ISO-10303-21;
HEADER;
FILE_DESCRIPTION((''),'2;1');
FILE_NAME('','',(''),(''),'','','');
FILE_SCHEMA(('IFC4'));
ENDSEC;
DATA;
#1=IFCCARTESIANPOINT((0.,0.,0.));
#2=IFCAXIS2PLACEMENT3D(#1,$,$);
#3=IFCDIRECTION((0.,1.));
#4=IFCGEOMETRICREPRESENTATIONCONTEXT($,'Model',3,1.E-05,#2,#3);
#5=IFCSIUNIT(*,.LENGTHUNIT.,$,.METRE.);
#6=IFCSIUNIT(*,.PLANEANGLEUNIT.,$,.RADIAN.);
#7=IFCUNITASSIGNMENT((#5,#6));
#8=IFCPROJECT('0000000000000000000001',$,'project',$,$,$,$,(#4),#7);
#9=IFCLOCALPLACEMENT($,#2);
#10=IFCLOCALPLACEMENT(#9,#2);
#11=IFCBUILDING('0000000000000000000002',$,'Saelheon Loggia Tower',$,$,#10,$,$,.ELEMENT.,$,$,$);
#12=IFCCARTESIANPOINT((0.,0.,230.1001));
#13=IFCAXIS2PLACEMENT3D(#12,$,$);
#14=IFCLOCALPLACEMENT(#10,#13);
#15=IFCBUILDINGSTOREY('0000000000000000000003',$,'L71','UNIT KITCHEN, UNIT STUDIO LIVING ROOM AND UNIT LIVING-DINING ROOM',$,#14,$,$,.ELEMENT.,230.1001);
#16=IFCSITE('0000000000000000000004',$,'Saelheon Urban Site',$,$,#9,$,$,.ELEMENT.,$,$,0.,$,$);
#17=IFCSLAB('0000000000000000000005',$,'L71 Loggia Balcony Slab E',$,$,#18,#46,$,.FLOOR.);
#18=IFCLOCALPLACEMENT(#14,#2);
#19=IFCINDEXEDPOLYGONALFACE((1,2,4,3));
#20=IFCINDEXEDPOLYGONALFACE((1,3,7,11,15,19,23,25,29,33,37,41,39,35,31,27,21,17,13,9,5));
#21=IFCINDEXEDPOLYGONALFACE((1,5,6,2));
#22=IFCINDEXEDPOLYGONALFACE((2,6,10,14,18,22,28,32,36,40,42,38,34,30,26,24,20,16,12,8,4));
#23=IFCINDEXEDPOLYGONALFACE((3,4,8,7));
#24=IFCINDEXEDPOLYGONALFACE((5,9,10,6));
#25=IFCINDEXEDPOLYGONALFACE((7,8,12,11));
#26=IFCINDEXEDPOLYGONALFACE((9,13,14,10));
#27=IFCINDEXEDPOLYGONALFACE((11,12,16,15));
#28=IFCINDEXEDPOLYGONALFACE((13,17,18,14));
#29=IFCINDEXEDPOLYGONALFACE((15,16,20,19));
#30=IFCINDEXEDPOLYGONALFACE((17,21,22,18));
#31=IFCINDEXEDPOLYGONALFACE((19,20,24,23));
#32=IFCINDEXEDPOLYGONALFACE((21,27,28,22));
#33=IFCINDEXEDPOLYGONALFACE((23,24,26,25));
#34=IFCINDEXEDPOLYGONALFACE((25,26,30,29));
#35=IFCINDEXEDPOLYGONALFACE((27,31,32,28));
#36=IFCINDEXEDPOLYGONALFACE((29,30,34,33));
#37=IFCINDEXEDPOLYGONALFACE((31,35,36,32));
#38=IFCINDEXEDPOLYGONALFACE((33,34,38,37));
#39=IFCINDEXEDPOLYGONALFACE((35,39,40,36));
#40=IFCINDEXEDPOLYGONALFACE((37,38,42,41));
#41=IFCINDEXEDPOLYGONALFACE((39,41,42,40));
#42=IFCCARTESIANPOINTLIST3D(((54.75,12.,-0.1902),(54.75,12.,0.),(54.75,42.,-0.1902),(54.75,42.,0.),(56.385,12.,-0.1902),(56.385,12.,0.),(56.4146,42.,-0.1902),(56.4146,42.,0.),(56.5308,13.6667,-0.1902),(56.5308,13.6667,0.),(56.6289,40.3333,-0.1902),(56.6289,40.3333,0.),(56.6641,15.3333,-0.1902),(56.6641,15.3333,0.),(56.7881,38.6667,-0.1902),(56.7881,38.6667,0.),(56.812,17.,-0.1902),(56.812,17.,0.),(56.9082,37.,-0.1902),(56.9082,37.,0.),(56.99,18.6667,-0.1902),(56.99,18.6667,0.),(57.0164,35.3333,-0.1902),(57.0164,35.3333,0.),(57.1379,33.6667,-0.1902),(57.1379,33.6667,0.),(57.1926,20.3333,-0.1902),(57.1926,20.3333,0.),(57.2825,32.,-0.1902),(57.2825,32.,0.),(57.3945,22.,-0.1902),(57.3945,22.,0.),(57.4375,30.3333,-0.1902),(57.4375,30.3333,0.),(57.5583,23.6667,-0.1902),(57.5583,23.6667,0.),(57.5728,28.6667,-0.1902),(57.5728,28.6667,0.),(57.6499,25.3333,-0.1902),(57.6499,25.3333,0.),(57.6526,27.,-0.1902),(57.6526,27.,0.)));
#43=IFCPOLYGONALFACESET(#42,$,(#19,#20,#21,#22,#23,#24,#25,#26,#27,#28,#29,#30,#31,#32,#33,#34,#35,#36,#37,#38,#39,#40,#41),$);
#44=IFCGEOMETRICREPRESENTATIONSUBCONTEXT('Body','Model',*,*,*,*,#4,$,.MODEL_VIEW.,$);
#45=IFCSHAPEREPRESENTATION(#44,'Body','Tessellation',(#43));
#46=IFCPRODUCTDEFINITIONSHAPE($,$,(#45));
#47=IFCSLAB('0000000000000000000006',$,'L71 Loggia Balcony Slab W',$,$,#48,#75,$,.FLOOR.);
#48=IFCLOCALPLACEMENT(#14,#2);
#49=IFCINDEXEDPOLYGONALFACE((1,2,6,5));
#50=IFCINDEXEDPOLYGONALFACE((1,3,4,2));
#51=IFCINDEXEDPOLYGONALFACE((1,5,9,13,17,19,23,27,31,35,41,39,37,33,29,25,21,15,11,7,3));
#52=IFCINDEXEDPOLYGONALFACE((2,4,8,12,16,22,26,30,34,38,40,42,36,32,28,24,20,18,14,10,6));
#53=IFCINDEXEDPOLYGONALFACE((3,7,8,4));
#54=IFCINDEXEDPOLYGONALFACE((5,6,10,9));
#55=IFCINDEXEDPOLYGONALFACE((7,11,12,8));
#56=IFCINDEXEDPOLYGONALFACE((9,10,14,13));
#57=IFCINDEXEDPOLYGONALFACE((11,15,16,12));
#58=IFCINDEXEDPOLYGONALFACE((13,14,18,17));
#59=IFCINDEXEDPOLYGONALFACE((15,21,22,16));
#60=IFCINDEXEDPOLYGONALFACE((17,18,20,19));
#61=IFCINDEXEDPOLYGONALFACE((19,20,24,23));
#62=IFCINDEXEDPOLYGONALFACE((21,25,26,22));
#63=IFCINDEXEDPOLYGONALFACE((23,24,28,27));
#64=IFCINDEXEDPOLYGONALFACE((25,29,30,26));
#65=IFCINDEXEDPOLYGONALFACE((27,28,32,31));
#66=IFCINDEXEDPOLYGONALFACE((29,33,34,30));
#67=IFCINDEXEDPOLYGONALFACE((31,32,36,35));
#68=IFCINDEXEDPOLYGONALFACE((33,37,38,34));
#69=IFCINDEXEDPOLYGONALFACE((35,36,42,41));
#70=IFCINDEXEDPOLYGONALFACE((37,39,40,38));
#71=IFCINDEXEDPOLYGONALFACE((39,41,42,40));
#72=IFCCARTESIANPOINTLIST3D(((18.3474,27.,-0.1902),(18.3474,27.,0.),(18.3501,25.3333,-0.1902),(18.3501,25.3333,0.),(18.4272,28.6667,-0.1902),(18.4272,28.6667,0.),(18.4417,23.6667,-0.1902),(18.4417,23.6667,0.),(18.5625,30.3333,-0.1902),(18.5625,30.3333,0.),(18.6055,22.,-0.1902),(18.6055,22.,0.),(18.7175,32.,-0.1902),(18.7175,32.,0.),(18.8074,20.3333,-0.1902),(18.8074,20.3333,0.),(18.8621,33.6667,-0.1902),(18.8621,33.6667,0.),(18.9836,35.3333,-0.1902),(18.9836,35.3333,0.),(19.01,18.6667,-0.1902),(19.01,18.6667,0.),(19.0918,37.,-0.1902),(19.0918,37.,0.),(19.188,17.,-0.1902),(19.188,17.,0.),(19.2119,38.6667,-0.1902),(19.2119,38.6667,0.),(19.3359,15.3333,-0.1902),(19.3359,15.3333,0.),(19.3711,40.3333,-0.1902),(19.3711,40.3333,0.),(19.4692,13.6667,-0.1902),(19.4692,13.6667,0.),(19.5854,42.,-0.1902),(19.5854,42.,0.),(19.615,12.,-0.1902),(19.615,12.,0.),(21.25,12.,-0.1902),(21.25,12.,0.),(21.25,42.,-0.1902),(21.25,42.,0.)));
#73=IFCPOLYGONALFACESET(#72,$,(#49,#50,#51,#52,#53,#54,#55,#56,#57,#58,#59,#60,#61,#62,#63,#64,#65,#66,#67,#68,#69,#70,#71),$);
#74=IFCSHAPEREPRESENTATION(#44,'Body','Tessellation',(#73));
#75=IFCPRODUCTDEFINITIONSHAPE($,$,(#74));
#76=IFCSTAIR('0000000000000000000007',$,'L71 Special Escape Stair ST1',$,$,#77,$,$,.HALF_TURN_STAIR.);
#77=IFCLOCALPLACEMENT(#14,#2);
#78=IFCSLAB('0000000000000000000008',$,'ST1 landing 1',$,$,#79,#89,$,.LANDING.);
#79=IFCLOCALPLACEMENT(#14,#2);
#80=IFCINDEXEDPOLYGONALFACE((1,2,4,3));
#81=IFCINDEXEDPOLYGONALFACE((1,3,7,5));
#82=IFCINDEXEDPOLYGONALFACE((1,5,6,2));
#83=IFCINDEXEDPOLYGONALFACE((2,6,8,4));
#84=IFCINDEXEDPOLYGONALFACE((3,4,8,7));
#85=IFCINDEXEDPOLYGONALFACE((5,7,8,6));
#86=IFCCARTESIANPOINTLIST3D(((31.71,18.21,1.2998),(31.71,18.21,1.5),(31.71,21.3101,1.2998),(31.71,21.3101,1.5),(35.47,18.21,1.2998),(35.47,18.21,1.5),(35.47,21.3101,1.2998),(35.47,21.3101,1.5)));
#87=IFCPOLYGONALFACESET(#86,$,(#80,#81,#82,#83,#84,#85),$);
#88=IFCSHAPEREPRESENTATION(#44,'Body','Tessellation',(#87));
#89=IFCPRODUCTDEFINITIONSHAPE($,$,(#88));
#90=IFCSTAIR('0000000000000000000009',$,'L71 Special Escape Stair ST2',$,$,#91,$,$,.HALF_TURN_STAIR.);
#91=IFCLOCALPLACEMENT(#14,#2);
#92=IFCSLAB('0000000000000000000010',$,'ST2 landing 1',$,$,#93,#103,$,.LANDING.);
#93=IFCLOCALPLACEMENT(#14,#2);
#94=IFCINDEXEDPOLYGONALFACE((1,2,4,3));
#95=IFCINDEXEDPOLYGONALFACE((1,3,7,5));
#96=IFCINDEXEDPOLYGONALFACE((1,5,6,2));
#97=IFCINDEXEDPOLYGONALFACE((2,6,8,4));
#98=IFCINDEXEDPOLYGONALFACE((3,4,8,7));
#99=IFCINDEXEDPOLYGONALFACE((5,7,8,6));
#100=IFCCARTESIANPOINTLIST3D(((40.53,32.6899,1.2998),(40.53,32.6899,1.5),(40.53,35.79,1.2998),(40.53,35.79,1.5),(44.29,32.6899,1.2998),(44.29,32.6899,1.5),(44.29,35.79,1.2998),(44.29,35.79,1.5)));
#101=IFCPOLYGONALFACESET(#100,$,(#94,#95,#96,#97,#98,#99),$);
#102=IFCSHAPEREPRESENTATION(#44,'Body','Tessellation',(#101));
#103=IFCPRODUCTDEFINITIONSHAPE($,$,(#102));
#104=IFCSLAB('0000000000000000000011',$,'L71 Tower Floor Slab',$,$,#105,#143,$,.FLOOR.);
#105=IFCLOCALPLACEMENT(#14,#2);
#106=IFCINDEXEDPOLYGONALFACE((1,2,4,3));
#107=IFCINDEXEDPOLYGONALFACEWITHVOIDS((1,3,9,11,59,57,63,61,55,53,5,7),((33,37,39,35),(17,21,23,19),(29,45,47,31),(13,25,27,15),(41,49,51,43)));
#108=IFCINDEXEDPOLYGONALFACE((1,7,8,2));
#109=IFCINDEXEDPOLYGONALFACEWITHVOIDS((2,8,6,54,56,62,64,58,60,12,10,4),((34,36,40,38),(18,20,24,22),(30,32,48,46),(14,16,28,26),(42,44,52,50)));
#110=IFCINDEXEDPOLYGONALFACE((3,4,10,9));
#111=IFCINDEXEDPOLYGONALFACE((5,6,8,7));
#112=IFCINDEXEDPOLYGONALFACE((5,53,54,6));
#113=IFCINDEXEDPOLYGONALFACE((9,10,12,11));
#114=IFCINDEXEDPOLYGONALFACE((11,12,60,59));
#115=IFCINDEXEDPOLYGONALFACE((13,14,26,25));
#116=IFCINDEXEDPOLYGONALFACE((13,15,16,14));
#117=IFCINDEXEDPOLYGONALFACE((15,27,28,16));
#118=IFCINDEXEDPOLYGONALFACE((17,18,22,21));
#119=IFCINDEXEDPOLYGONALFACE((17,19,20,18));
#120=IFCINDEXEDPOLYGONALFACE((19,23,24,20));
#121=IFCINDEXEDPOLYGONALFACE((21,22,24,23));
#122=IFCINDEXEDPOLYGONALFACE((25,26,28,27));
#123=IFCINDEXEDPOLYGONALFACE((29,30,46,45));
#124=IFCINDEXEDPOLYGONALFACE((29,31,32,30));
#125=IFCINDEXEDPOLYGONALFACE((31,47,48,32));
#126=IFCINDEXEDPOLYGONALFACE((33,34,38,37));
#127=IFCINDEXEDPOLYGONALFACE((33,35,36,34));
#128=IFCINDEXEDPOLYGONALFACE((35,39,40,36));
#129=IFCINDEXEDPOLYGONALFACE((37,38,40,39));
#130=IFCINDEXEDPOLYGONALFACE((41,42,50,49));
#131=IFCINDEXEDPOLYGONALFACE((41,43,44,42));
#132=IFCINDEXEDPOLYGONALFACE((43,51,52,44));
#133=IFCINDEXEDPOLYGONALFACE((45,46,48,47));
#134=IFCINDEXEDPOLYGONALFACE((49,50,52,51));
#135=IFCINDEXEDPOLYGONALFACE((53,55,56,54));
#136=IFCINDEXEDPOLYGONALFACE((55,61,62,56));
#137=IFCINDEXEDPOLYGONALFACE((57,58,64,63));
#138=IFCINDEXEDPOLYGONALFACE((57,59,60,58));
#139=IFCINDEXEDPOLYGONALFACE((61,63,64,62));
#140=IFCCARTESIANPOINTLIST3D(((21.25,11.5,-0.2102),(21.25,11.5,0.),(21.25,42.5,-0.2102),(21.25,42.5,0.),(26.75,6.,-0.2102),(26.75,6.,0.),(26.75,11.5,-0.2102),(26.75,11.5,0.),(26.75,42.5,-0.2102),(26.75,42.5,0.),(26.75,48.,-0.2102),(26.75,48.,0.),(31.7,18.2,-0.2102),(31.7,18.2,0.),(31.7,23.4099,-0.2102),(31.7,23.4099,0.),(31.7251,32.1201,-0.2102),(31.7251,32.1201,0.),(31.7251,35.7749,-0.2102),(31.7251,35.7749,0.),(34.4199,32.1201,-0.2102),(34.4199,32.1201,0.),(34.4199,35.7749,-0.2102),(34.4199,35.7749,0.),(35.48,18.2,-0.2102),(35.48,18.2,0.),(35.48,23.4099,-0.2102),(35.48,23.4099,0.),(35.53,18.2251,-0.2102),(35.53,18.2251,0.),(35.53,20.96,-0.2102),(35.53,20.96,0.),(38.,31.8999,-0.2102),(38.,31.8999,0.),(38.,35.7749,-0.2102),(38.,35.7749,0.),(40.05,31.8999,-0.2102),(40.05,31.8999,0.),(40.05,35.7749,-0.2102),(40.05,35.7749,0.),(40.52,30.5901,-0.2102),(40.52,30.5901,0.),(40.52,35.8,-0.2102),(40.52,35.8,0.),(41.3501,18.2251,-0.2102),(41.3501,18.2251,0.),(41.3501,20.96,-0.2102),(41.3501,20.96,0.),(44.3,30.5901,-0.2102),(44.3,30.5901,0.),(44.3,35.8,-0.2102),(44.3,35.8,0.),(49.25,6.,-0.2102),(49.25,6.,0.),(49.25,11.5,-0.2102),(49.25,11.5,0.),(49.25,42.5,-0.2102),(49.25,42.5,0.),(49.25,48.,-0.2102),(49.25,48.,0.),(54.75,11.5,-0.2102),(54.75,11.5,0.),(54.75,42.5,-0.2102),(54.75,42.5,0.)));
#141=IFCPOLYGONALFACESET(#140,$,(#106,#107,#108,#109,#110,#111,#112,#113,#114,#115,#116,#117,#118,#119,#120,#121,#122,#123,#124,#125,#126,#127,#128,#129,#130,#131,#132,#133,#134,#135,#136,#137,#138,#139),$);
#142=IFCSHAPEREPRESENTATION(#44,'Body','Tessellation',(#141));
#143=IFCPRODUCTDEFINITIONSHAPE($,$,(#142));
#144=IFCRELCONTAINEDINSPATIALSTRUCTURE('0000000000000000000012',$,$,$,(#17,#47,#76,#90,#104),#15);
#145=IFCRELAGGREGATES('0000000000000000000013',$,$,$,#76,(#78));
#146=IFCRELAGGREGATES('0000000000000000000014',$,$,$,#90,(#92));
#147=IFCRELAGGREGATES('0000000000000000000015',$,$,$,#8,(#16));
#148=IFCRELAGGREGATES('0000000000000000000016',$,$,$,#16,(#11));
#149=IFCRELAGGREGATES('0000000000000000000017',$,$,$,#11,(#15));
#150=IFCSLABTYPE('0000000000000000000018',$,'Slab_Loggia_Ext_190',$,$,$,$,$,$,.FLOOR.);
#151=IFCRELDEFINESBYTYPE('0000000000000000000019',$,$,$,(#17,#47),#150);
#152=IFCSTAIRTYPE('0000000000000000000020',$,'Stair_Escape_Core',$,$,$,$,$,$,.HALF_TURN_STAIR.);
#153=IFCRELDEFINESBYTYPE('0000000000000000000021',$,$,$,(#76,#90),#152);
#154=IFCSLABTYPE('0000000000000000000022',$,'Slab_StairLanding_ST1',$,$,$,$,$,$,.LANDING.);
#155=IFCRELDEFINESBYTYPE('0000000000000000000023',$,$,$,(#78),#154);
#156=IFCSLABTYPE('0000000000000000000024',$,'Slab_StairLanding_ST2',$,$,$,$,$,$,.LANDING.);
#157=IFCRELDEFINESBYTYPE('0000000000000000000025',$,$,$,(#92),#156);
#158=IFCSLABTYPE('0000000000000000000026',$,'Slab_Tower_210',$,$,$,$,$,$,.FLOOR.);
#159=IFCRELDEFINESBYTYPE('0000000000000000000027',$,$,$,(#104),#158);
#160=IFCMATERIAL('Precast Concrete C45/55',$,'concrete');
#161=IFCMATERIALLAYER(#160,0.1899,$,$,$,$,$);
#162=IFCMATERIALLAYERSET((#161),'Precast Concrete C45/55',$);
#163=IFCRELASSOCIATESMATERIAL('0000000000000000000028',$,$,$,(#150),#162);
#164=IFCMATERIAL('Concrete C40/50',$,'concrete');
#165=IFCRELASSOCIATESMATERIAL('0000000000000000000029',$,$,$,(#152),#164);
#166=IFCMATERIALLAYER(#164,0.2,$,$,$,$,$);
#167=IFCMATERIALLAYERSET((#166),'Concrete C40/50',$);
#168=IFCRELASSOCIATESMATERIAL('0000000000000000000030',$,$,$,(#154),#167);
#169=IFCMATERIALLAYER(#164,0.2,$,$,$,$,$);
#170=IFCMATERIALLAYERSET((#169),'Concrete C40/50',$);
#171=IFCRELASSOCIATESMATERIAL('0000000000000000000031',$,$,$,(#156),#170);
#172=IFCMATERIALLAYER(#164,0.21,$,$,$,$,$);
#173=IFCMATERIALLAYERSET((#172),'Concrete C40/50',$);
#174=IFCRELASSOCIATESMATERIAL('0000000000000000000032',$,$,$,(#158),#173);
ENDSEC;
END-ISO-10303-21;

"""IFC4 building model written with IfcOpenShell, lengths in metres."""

from ifc_helpers import new_model, si_unit, direction, frame, origin, place, context, subcontext, project, spatial, polyline, outline, extrude, material, layer, layer_set, type_object, element, aggregate, save


model = new_model("IFC4")

# Units and contexts
model_context = context("Model", 3, precision=1e-05, world=origin(), true_north=direction((0.0, 1.0)))
body_context = subcontext(model_context, "Body", "Model", "MODEL_VIEW")
ifc_project = project(units=[si_unit("LENGTHUNIT", "METRE"), si_unit("PLANEANGLEUNIT", "RADIAN")], contexts=[model_context])

# Site, building, storey
site_placement = place(None, origin())
site = spatial("IfcSite", under=ifc_project, at=site_placement, Name="Saelheon Urban Site", CompositionType="ELEMENT", RefElevation=0.0)
building_placement = place(site_placement, origin())
building = spatial("IfcBuilding", under=site, at=building_placement, Name="Saelheon Loggia Tower", CompositionType="ELEMENT")
storey_placement = place(building_placement, frame((0.0, 0.0, 230.1001)))
storey = spatial("IfcBuildingStorey", under=building, at=storey_placement, Name="L71", Description="UNIT KITCHEN, UNIT STUDIO LIVING ROOM AND UNIT LIVING-DINING ROOM", CompositionType="ELEMENT", Elevation=230.1001)

# Shared definitions
ifc_material_1 = material(Name="Precast Concrete C45/55", Category="concrete")

# Shared definitions
ifc_material_2 = material(Name="Concrete C40/50", Category="concrete")

# Slabs
ifc_layer_1 = layer(ifc_material_1, 0.1899)
ifc_layer_set_1 = layer_set([ifc_layer_1], Name="Precast Concrete C45/55")
slab_type_1 = type_object("IfcSlabType", Name="Slab_Loggia_Ext_190", PredefinedType="FLOOR", material=ifc_layer_set_1)
slab_1_placement = place(storey_placement, frame((0.0, 0.0, -0.1902)))
element("IfcSlab", 1, at=slab_1_placement, inside=storey, type_object=slab_type_1, Name="L71 Loggia Balcony Slab E", PredefinedType="FLOOR", context=body_context, shape_type="SweptSolid", body=[
    extrude(outline(polyline([(54.75, 12.0), (56.385, 12.0), (56.5308, 13.6667), (56.6641, 15.3333), (56.812, 17.0), (56.99, 18.6667), (57.1926, 20.3333), (57.3945, 22.0), (57.5583, 23.6667), (57.6499, 25.3333), (57.6526, 27.0), (57.5728, 28.6667), (57.4375, 30.3333), (57.2825, 32.0), (57.1379, 33.6667), (57.0164, 35.3333), (56.9082, 37.0), (56.7881, 38.6667), (56.6289, 40.3333), (56.4146, 42.0), (54.75, 42.0), (54.75, 12.0)])), origin(), (0.0, 0.0, 1.0), 0.1902),
])
slab_2_placement = place(storey_placement, frame((0.0, 0.0, -0.1902)))
element("IfcSlab", 2, at=slab_2_placement, inside=storey, type_object=slab_type_1, Name="L71 Loggia Balcony Slab W", PredefinedType="FLOOR", context=body_context, shape_type="SweptSolid", body=[
    extrude(outline(polyline([(21.25, 12.0), (21.25, 42.0), (19.5854, 42.0), (19.3711, 40.3333), (19.2119, 38.6667), (19.0918, 37.0), (18.9836, 35.3333), (18.8621, 33.6667), (18.7175, 32.0), (18.5625, 30.3333), (18.4272, 28.6667), (18.3474, 27.0), (18.3501, 25.3333), (18.4417, 23.6667), (18.6055, 22.0), (18.8074, 20.3333), (19.01, 18.6667), (19.188, 17.0), (19.3359, 15.3333), (19.4692, 13.6667), (19.615, 12.0), (21.25, 12.0)])), origin(), (0.0, 0.0, 1.0), 0.1902),
])

# Stairs, slabs
stair_type = type_object("IfcStairType", Name="Stair_Escape_Core", PredefinedType="HALF_TURN_STAIR", material=ifc_material_2)
stair_1_placement = place(storey_placement, origin())
stair_1 = element("IfcStair", 3, at=stair_1_placement, inside=storey, type_object=stair_type, Name="L71 Special Escape Stair ST1", PredefinedType="HALF_TURN_STAIR")
ifc_layer_2 = layer(ifc_material_2, 0.2)
ifc_layer_set_2 = layer_set([ifc_layer_2], Name="Concrete C40/50")
slab_type_2 = type_object("IfcSlabType", Name="Slab_StairLanding_ST1", PredefinedType="LANDING", material=ifc_layer_set_2)
slab_3_placement = place(storey_placement, frame((0.0, 0.0, 1.2998)))
slab_3 = element("IfcSlab", 4, at=slab_3_placement, type_object=slab_type_2, Name="ST1 landing 1", PredefinedType="LANDING", context=body_context, shape_type="SweptSolid", body=[
    extrude(outline(polyline([(31.71, 21.3101), (31.71, 18.21), (35.47, 18.21), (35.47, 21.3101), (31.71, 21.3101)])), origin(), (0.0, 0.0, 1.0), 0.2002),
])
aggregate(stair_1, [slab_3])
stair_2_placement = place(storey_placement, origin())
stair_2 = element("IfcStair", 5, at=stair_2_placement, inside=storey, type_object=stair_type, Name="L71 Special Escape Stair ST2", PredefinedType="HALF_TURN_STAIR")
ifc_layer_3 = layer(ifc_material_2, 0.2)
ifc_layer_set_3 = layer_set([ifc_layer_3], Name="Concrete C40/50")
slab_type_3 = type_object("IfcSlabType", Name="Slab_StairLanding_ST2", PredefinedType="LANDING", material=ifc_layer_set_3)
slab_4_placement = place(storey_placement, frame((0.0, 0.0, 1.2998)))
slab_4 = element("IfcSlab", 6, at=slab_4_placement, type_object=slab_type_3, Name="ST2 landing 1", PredefinedType="LANDING", context=body_context, shape_type="SweptSolid", body=[
    extrude(outline(polyline([(44.29, 32.6899), (44.29, 35.79), (40.53, 35.79), (40.53, 32.6899), (44.29, 32.6899)])), origin(), (0.0, 0.0, 1.0), 0.2002),
])
aggregate(stair_2, [slab_4])

# Slab
ifc_layer_4 = layer(ifc_material_2, 0.21)
ifc_layer_set_4 = layer_set([ifc_layer_4], Name="Concrete C40/50")
slab_type_4 = type_object("IfcSlabType", Name="Slab_Tower_210", PredefinedType="FLOOR", material=ifc_layer_set_4)
slab_5_placement = place(storey_placement, frame((0.0, 0.0, -0.2102)))
element("IfcSlab", 7, at=slab_5_placement, inside=storey, type_object=slab_type_4, Name="L71 Tower Floor Slab", PredefinedType="FLOOR", context=body_context, shape_type="SweptSolid", body=[
    extrude(outline(polyline([(26.75, 6.0), (49.25, 6.0), (49.25, 11.5), (54.75, 11.5), (54.75, 42.5), (49.25, 42.5), (49.25, 48.0), (26.75, 48.0), (26.75, 42.5), (21.25, 42.5), (21.25, 11.5), (26.75, 11.5), (26.75, 6.0)]), holes=[polyline([(31.7, 23.4099), (31.7, 18.2), (35.48, 18.2), (35.48, 23.4099), (31.7, 23.4099)]), polyline([(44.3, 30.5901), (44.3, 35.8), (40.52, 35.8), (40.52, 30.5901), (44.3, 30.5901)]), polyline([(35.53, 18.2251), (41.3501, 18.2251), (41.3501, 20.96), (35.53, 20.96), (35.53, 18.2251)]), polyline([(31.7251, 32.1201), (34.4199, 32.1201), (34.4199, 35.7749), (31.7251, 35.7749), (31.7251, 32.1201)]), polyline([(38.0, 31.8999), (40.05, 31.8999), (40.05, 35.7749), (38.0, 35.7749), (38.0, 31.8999)])]), origin(), (0.0, 0.0, 1.0), 0.2102),
])

save(model, "model.ifc")
